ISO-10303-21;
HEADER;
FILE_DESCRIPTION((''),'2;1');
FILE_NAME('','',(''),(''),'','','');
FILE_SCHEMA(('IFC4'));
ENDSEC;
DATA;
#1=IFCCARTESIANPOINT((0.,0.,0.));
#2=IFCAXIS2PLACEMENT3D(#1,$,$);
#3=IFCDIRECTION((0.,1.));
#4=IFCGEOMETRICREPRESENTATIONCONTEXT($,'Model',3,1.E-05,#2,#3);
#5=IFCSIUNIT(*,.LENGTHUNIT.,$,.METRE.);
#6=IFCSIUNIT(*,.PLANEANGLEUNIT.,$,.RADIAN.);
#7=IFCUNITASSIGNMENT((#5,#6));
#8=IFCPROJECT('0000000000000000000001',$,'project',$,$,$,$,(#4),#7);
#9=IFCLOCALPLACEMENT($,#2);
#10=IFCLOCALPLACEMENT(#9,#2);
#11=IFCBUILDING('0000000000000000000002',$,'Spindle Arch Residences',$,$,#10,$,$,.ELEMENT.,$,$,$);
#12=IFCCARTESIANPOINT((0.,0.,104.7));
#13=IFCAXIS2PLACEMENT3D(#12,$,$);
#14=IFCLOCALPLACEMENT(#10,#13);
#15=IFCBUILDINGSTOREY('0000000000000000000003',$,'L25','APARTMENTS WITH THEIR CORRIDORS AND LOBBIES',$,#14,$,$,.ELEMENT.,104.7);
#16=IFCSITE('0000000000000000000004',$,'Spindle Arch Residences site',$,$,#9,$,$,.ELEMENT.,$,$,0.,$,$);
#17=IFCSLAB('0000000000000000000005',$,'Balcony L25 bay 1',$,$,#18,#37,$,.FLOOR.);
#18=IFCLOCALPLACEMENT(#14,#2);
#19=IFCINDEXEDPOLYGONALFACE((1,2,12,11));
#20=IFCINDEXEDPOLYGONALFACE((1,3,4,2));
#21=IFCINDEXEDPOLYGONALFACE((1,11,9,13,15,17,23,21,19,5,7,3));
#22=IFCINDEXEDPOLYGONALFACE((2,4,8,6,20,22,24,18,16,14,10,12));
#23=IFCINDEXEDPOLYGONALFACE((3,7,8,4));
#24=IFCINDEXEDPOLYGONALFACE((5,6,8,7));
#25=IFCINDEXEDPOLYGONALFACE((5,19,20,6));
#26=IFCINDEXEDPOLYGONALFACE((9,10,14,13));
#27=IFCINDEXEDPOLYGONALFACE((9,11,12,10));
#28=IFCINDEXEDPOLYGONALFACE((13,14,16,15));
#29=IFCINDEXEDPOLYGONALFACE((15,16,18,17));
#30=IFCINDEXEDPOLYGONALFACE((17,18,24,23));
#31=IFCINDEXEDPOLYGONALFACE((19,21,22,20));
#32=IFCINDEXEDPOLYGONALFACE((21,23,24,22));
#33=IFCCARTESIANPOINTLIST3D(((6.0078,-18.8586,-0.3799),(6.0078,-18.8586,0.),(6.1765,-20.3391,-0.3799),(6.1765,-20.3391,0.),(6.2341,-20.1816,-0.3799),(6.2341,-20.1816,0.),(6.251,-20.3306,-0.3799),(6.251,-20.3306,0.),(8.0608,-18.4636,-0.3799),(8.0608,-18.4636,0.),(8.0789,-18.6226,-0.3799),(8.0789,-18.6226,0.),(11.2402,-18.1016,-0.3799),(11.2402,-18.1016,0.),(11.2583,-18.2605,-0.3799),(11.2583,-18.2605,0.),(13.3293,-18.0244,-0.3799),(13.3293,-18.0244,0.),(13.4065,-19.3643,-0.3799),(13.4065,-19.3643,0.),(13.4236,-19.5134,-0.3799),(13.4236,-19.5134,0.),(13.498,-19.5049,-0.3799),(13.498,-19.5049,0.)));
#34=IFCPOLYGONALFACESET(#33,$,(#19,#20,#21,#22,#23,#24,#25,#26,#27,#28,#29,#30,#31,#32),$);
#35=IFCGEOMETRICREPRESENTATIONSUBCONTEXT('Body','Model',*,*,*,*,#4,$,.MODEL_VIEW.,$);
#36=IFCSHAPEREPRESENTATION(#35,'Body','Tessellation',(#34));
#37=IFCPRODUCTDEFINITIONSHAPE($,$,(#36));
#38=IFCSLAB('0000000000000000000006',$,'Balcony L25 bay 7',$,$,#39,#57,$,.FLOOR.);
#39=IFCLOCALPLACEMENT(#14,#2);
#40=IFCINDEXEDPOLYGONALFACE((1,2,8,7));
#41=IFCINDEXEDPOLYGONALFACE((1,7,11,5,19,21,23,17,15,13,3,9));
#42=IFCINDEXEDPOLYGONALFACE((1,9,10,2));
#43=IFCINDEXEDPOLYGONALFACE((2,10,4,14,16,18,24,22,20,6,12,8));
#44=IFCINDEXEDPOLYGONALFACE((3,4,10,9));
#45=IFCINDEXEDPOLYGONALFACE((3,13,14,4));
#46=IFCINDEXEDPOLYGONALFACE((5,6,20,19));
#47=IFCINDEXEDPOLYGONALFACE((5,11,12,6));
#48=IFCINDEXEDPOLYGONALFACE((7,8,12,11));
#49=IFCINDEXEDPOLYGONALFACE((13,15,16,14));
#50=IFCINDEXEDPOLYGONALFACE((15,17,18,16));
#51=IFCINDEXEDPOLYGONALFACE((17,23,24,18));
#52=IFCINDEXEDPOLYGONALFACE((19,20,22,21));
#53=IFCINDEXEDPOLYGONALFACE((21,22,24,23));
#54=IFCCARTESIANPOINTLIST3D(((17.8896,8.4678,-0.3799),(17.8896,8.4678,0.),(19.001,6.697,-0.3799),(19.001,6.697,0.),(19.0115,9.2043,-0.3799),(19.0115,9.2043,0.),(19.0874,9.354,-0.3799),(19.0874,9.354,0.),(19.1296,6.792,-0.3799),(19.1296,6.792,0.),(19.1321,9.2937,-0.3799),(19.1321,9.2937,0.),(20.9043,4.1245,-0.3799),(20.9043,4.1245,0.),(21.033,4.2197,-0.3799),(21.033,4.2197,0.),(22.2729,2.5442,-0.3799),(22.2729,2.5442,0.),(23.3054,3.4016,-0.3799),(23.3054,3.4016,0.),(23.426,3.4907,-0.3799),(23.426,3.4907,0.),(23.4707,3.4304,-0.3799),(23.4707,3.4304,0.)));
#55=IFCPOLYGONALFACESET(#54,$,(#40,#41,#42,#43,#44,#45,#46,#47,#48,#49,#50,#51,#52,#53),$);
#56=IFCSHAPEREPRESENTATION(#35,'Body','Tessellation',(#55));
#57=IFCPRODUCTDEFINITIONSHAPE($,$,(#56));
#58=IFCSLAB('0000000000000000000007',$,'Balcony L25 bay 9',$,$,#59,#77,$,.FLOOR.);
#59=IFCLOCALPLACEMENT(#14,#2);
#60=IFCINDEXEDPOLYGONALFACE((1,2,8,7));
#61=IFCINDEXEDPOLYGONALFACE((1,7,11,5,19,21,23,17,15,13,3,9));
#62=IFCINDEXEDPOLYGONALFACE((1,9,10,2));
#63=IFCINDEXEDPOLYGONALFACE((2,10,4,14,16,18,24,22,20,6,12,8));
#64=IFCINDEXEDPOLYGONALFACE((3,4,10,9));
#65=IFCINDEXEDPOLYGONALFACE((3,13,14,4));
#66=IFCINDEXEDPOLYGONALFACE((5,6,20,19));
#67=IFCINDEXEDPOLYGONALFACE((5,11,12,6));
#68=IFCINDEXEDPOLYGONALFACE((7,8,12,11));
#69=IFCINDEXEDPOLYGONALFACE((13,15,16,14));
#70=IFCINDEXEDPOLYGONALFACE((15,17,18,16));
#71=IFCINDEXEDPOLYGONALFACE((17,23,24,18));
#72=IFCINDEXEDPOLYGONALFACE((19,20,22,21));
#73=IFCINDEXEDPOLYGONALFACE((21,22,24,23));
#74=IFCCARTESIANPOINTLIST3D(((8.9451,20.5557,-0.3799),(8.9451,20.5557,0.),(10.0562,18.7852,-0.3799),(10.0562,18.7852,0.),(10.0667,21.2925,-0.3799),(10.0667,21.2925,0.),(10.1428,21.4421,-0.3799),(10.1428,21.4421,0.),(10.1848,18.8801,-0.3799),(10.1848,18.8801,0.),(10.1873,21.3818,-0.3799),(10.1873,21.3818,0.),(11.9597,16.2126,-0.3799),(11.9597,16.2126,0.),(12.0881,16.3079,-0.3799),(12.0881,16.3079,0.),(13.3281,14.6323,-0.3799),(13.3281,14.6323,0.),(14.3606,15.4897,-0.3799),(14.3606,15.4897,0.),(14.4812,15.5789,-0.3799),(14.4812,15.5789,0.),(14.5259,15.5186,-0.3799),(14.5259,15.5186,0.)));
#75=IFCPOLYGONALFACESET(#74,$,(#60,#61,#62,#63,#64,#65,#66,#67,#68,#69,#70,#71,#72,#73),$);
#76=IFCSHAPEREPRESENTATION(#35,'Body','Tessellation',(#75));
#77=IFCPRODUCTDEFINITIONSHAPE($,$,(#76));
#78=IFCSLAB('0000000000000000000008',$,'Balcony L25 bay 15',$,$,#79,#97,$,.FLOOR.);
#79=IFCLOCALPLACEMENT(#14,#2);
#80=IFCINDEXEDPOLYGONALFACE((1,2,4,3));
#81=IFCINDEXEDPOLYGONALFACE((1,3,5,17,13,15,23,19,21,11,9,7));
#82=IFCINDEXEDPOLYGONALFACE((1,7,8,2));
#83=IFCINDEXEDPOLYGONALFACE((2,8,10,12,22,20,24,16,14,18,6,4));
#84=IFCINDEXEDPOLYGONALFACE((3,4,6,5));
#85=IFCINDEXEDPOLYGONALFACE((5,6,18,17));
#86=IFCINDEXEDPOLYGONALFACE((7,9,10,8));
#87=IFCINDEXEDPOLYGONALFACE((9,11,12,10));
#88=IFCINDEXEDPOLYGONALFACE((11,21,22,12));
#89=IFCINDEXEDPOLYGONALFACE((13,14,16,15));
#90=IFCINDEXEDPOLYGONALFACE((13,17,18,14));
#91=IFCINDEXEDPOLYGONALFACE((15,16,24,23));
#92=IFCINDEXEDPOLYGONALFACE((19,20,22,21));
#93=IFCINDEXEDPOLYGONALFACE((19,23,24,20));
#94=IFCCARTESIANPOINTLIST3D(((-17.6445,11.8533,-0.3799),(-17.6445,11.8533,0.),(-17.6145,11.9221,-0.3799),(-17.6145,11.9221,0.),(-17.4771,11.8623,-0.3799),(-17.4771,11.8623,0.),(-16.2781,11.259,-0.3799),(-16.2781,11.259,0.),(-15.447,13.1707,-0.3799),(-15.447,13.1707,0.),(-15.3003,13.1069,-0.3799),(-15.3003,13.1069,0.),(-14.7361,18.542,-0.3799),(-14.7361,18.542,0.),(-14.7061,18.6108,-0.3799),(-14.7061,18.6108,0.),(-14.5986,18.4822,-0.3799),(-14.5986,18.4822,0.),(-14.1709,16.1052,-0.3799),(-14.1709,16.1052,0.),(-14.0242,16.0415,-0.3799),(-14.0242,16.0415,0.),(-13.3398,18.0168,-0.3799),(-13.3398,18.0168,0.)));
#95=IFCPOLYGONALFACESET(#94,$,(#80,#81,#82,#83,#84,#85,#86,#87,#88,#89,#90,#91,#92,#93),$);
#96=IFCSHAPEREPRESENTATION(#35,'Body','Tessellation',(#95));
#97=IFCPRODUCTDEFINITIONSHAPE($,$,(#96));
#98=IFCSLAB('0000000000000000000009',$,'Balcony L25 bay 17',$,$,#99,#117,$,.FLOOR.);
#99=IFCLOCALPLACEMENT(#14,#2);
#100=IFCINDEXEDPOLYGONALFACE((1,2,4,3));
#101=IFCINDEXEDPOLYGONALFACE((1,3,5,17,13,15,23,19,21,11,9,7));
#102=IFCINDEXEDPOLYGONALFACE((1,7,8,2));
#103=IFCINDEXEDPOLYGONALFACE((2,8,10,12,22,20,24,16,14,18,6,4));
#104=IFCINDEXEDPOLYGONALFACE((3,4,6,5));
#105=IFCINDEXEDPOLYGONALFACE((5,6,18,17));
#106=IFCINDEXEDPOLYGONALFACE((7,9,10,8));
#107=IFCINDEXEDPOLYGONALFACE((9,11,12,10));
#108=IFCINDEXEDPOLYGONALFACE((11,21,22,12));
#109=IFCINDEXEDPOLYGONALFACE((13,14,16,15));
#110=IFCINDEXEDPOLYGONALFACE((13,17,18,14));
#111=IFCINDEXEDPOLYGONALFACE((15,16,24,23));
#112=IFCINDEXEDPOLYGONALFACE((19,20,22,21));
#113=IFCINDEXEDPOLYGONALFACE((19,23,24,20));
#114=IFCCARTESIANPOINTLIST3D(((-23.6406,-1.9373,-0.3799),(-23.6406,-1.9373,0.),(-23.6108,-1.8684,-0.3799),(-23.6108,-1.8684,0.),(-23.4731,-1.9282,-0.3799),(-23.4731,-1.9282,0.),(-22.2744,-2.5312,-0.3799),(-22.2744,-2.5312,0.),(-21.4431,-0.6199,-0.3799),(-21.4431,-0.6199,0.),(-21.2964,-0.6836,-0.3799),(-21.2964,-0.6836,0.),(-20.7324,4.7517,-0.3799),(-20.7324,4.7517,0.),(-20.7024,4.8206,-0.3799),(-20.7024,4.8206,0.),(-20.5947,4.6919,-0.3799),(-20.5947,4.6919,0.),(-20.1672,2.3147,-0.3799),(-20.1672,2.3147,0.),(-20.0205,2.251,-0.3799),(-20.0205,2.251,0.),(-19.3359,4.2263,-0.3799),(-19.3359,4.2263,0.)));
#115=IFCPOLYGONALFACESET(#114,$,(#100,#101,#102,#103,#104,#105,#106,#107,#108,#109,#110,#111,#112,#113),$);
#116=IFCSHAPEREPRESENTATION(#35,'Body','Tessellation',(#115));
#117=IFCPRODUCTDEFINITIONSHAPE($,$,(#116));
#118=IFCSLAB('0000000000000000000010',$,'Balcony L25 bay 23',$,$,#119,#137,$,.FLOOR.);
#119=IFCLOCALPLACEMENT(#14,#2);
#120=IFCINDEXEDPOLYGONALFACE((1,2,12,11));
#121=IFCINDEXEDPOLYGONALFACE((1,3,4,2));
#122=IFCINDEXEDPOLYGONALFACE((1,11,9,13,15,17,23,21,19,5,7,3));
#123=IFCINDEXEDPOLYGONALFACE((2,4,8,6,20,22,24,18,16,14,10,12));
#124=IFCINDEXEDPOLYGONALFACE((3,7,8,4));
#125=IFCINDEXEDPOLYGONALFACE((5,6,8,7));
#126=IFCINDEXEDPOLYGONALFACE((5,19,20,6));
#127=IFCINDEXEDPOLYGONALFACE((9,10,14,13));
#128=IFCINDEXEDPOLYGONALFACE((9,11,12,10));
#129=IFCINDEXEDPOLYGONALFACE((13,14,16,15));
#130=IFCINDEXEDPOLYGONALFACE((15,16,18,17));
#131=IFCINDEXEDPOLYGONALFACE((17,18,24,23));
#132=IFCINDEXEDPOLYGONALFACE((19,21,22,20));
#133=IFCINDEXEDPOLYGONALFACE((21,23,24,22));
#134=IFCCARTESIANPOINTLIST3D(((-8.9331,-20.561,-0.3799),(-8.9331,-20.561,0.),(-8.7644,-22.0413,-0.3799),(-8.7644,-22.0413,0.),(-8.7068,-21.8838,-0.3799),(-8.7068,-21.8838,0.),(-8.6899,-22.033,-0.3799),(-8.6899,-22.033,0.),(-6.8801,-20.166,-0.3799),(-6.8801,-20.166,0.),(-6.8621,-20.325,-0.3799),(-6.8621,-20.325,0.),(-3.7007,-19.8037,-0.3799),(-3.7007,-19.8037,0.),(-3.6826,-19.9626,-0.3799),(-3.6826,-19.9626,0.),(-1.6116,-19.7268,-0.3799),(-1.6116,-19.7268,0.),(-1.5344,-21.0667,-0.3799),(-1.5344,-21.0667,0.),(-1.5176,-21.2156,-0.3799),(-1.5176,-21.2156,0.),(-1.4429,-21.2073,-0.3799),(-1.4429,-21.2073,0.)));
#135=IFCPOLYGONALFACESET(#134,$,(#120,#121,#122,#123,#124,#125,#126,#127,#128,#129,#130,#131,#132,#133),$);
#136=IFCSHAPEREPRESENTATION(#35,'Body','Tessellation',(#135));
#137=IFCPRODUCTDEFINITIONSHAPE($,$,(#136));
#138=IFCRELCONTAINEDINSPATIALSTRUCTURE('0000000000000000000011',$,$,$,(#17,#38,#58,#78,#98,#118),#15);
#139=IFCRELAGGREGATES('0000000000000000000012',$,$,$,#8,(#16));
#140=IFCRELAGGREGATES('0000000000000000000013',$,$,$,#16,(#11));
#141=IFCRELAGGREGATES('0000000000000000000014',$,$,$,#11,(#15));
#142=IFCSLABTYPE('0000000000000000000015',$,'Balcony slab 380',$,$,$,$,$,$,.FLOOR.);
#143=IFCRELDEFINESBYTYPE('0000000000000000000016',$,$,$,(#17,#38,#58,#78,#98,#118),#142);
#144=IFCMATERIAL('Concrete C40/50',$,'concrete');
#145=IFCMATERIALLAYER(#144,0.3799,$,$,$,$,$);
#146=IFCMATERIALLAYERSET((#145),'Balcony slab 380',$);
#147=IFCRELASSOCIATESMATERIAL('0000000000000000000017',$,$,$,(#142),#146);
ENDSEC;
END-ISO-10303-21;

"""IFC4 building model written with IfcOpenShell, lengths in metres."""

from ifc_helpers import new_model, si_unit, direction, frame, origin, place, context, subcontext, project, spatial, polyline, outline, extrude, material, layer, layer_set, type_object, element, save


model = new_model("IFC4")

# Units and contexts
model_context = context("Model", 3, precision=1e-05, world=origin(), true_north=direction((0.0, 1.0)))
body_context = subcontext(model_context, "Body", "Model", "MODEL_VIEW")
ifc_project = project(units=[si_unit("LENGTHUNIT", "METRE"), si_unit("PLANEANGLEUNIT", "RADIAN")], contexts=[model_context])

# Site, building, storey
site_placement = place(None, origin())
site = spatial("IfcSite", under=ifc_project, at=site_placement, Name="Spindle Arch Residences site", CompositionType="ELEMENT", RefElevation=0.0)
building_placement = place(site_placement, origin())
building = spatial("IfcBuilding", under=site, at=building_placement, Name="Spindle Arch Residences", CompositionType="ELEMENT")
storey_placement = place(building_placement, frame((0.0, 0.0, 104.7)))
storey = spatial("IfcBuildingStorey", under=building, at=storey_placement, Name="L25", Description="APARTMENTS WITH THEIR CORRIDORS AND LOBBIES", CompositionType="ELEMENT", Elevation=104.7)

# Slabs
ifc_material_1 = material(Name="Concrete C40/50", Category="concrete")
ifc_layer_1 = layer(ifc_material_1, 0.3799)
ifc_layer_set_1 = layer_set([ifc_layer_1], Name="Balcony slab 380")
slab_type_1 = type_object("IfcSlabType", Name="Balcony slab 380", PredefinedType="FLOOR", material=ifc_layer_set_1)
slab_1_placement = place(storey_placement, frame((0.0, 0.0, -0.3799)))
element("IfcSlab", 1, at=slab_1_placement, inside=storey, type_object=slab_type_1, Name="Balcony L25 bay 1", PredefinedType="FLOOR", context=body_context, shape_type="SweptSolid", body=[
    extrude(outline(polyline([(6.1765, -20.3391), (6.251, -20.3306), (6.2341, -20.1816), (13.4065, -19.3643), (13.4236, -19.5134), (13.498, -19.5049), (13.3293, -18.0244), (11.2583, -18.2605), (11.2402, -18.1016), (8.0608, -18.4636), (8.0789, -18.6226), (6.0078, -18.8586), (6.1765, -20.3391)])), origin(), (0.0, 0.0, 1.0), 0.3799),
])
slab_2_placement = place(storey_placement, frame((0.0, 0.0, -0.3799)))
element("IfcSlab", 2, at=slab_2_placement, inside=storey, type_object=slab_type_1, Name="Balcony L25 bay 7", PredefinedType="FLOOR", context=body_context, shape_type="SweptSolid", body=[
    extrude(outline(polyline([(23.4707, 3.4304), (23.426, 3.4907), (23.3054, 3.4016), (19.0115, 9.2043), (19.1321, 9.2937), (19.0874, 9.354), (17.8896, 8.4678), (19.1296, 6.792), (19.001, 6.697), (20.9043, 4.1245), (21.033, 4.2197), (22.2729, 2.5442), (23.4707, 3.4304)])), origin(), (0.0, 0.0, 1.0), 0.3799),
])
slab_3_placement = place(storey_placement, frame((0.0, 0.0, -0.3799)))
element("IfcSlab", 3, at=slab_3_placement, inside=storey, type_object=slab_type_1, Name="Balcony L25 bay 9", PredefinedType="FLOOR", context=body_context, shape_type="SweptSolid", body=[
    extrude(outline(polyline([(14.5259, 15.5186), (14.4812, 15.5789), (14.3606, 15.4897), (10.0667, 21.2925), (10.1873, 21.3818), (10.1428, 21.4421), (8.9451, 20.5557), (10.1848, 18.8801), (10.0562, 18.7852), (11.9597, 16.2126), (12.0881, 16.3079), (13.3281, 14.6323), (14.5259, 15.5186)])), origin(), (0.0, 0.0, 1.0), 0.3799),
])
slab_4_placement = place(storey_placement, frame((0.0, 0.0, -0.3799)))
element("IfcSlab", 4, at=slab_4_placement, inside=storey, type_object=slab_type_1, Name="Balcony L25 bay 15", PredefinedType="FLOOR", context=body_context, shape_type="SweptSolid", body=[
    extrude(outline(polyline([(-14.7061, 18.6108), (-14.7361, 18.542), (-14.5986, 18.4822), (-17.4771, 11.8623), (-17.6145, 11.9221), (-17.6445, 11.8533), (-16.2781, 11.259), (-15.447, 13.1707), (-15.3003, 13.1069), (-14.0242, 16.0415), (-14.1709, 16.1052), (-13.3398, 18.0168), (-14.7061, 18.6108)])), origin(), (0.0, 0.0, 1.0), 0.3799),
])
slab_5_placement = place(storey_placement, frame((0.0, 0.0, -0.3799)))
element("IfcSlab", 5, at=slab_5_placement, inside=storey, type_object=slab_type_1, Name="Balcony L25 bay 17", PredefinedType="FLOOR", context=body_context, shape_type="SweptSolid", body=[
    extrude(outline(polyline([(-20.7024, 4.8206), (-20.7324, 4.7517), (-20.5947, 4.6919), (-23.4731, -1.9282), (-23.6108, -1.8684), (-23.6406, -1.9373), (-22.2744, -2.5312), (-21.4431, -0.6199), (-21.2964, -0.6836), (-20.0205, 2.251), (-20.1672, 2.3147), (-19.3359, 4.2263), (-20.7024, 4.8206)])), origin(), (0.0, 0.0, 1.0), 0.3799),
])
slab_6_placement = place(storey_placement, frame((0.0, 0.0, -0.3799)))
element("IfcSlab", 6, at=slab_6_placement, inside=storey, type_object=slab_type_1, Name="Balcony L25 bay 23", PredefinedType="FLOOR", context=body_context, shape_type="SweptSolid", body=[
    extrude(outline(polyline([(-8.7644, -22.0413), (-8.6899, -22.033), (-8.7068, -21.8838), (-1.5344, -21.0667), (-1.5176, -21.2156), (-1.4429, -21.2073), (-1.6116, -19.7268), (-3.6826, -19.9626), (-3.7007, -19.8037), (-6.8801, -20.166), (-6.8621, -20.325), (-8.9331, -20.561), (-8.7644, -22.0413)])), origin(), (0.0, 0.0, 1.0), 0.3799),
])

save(model, "model.ifc")
